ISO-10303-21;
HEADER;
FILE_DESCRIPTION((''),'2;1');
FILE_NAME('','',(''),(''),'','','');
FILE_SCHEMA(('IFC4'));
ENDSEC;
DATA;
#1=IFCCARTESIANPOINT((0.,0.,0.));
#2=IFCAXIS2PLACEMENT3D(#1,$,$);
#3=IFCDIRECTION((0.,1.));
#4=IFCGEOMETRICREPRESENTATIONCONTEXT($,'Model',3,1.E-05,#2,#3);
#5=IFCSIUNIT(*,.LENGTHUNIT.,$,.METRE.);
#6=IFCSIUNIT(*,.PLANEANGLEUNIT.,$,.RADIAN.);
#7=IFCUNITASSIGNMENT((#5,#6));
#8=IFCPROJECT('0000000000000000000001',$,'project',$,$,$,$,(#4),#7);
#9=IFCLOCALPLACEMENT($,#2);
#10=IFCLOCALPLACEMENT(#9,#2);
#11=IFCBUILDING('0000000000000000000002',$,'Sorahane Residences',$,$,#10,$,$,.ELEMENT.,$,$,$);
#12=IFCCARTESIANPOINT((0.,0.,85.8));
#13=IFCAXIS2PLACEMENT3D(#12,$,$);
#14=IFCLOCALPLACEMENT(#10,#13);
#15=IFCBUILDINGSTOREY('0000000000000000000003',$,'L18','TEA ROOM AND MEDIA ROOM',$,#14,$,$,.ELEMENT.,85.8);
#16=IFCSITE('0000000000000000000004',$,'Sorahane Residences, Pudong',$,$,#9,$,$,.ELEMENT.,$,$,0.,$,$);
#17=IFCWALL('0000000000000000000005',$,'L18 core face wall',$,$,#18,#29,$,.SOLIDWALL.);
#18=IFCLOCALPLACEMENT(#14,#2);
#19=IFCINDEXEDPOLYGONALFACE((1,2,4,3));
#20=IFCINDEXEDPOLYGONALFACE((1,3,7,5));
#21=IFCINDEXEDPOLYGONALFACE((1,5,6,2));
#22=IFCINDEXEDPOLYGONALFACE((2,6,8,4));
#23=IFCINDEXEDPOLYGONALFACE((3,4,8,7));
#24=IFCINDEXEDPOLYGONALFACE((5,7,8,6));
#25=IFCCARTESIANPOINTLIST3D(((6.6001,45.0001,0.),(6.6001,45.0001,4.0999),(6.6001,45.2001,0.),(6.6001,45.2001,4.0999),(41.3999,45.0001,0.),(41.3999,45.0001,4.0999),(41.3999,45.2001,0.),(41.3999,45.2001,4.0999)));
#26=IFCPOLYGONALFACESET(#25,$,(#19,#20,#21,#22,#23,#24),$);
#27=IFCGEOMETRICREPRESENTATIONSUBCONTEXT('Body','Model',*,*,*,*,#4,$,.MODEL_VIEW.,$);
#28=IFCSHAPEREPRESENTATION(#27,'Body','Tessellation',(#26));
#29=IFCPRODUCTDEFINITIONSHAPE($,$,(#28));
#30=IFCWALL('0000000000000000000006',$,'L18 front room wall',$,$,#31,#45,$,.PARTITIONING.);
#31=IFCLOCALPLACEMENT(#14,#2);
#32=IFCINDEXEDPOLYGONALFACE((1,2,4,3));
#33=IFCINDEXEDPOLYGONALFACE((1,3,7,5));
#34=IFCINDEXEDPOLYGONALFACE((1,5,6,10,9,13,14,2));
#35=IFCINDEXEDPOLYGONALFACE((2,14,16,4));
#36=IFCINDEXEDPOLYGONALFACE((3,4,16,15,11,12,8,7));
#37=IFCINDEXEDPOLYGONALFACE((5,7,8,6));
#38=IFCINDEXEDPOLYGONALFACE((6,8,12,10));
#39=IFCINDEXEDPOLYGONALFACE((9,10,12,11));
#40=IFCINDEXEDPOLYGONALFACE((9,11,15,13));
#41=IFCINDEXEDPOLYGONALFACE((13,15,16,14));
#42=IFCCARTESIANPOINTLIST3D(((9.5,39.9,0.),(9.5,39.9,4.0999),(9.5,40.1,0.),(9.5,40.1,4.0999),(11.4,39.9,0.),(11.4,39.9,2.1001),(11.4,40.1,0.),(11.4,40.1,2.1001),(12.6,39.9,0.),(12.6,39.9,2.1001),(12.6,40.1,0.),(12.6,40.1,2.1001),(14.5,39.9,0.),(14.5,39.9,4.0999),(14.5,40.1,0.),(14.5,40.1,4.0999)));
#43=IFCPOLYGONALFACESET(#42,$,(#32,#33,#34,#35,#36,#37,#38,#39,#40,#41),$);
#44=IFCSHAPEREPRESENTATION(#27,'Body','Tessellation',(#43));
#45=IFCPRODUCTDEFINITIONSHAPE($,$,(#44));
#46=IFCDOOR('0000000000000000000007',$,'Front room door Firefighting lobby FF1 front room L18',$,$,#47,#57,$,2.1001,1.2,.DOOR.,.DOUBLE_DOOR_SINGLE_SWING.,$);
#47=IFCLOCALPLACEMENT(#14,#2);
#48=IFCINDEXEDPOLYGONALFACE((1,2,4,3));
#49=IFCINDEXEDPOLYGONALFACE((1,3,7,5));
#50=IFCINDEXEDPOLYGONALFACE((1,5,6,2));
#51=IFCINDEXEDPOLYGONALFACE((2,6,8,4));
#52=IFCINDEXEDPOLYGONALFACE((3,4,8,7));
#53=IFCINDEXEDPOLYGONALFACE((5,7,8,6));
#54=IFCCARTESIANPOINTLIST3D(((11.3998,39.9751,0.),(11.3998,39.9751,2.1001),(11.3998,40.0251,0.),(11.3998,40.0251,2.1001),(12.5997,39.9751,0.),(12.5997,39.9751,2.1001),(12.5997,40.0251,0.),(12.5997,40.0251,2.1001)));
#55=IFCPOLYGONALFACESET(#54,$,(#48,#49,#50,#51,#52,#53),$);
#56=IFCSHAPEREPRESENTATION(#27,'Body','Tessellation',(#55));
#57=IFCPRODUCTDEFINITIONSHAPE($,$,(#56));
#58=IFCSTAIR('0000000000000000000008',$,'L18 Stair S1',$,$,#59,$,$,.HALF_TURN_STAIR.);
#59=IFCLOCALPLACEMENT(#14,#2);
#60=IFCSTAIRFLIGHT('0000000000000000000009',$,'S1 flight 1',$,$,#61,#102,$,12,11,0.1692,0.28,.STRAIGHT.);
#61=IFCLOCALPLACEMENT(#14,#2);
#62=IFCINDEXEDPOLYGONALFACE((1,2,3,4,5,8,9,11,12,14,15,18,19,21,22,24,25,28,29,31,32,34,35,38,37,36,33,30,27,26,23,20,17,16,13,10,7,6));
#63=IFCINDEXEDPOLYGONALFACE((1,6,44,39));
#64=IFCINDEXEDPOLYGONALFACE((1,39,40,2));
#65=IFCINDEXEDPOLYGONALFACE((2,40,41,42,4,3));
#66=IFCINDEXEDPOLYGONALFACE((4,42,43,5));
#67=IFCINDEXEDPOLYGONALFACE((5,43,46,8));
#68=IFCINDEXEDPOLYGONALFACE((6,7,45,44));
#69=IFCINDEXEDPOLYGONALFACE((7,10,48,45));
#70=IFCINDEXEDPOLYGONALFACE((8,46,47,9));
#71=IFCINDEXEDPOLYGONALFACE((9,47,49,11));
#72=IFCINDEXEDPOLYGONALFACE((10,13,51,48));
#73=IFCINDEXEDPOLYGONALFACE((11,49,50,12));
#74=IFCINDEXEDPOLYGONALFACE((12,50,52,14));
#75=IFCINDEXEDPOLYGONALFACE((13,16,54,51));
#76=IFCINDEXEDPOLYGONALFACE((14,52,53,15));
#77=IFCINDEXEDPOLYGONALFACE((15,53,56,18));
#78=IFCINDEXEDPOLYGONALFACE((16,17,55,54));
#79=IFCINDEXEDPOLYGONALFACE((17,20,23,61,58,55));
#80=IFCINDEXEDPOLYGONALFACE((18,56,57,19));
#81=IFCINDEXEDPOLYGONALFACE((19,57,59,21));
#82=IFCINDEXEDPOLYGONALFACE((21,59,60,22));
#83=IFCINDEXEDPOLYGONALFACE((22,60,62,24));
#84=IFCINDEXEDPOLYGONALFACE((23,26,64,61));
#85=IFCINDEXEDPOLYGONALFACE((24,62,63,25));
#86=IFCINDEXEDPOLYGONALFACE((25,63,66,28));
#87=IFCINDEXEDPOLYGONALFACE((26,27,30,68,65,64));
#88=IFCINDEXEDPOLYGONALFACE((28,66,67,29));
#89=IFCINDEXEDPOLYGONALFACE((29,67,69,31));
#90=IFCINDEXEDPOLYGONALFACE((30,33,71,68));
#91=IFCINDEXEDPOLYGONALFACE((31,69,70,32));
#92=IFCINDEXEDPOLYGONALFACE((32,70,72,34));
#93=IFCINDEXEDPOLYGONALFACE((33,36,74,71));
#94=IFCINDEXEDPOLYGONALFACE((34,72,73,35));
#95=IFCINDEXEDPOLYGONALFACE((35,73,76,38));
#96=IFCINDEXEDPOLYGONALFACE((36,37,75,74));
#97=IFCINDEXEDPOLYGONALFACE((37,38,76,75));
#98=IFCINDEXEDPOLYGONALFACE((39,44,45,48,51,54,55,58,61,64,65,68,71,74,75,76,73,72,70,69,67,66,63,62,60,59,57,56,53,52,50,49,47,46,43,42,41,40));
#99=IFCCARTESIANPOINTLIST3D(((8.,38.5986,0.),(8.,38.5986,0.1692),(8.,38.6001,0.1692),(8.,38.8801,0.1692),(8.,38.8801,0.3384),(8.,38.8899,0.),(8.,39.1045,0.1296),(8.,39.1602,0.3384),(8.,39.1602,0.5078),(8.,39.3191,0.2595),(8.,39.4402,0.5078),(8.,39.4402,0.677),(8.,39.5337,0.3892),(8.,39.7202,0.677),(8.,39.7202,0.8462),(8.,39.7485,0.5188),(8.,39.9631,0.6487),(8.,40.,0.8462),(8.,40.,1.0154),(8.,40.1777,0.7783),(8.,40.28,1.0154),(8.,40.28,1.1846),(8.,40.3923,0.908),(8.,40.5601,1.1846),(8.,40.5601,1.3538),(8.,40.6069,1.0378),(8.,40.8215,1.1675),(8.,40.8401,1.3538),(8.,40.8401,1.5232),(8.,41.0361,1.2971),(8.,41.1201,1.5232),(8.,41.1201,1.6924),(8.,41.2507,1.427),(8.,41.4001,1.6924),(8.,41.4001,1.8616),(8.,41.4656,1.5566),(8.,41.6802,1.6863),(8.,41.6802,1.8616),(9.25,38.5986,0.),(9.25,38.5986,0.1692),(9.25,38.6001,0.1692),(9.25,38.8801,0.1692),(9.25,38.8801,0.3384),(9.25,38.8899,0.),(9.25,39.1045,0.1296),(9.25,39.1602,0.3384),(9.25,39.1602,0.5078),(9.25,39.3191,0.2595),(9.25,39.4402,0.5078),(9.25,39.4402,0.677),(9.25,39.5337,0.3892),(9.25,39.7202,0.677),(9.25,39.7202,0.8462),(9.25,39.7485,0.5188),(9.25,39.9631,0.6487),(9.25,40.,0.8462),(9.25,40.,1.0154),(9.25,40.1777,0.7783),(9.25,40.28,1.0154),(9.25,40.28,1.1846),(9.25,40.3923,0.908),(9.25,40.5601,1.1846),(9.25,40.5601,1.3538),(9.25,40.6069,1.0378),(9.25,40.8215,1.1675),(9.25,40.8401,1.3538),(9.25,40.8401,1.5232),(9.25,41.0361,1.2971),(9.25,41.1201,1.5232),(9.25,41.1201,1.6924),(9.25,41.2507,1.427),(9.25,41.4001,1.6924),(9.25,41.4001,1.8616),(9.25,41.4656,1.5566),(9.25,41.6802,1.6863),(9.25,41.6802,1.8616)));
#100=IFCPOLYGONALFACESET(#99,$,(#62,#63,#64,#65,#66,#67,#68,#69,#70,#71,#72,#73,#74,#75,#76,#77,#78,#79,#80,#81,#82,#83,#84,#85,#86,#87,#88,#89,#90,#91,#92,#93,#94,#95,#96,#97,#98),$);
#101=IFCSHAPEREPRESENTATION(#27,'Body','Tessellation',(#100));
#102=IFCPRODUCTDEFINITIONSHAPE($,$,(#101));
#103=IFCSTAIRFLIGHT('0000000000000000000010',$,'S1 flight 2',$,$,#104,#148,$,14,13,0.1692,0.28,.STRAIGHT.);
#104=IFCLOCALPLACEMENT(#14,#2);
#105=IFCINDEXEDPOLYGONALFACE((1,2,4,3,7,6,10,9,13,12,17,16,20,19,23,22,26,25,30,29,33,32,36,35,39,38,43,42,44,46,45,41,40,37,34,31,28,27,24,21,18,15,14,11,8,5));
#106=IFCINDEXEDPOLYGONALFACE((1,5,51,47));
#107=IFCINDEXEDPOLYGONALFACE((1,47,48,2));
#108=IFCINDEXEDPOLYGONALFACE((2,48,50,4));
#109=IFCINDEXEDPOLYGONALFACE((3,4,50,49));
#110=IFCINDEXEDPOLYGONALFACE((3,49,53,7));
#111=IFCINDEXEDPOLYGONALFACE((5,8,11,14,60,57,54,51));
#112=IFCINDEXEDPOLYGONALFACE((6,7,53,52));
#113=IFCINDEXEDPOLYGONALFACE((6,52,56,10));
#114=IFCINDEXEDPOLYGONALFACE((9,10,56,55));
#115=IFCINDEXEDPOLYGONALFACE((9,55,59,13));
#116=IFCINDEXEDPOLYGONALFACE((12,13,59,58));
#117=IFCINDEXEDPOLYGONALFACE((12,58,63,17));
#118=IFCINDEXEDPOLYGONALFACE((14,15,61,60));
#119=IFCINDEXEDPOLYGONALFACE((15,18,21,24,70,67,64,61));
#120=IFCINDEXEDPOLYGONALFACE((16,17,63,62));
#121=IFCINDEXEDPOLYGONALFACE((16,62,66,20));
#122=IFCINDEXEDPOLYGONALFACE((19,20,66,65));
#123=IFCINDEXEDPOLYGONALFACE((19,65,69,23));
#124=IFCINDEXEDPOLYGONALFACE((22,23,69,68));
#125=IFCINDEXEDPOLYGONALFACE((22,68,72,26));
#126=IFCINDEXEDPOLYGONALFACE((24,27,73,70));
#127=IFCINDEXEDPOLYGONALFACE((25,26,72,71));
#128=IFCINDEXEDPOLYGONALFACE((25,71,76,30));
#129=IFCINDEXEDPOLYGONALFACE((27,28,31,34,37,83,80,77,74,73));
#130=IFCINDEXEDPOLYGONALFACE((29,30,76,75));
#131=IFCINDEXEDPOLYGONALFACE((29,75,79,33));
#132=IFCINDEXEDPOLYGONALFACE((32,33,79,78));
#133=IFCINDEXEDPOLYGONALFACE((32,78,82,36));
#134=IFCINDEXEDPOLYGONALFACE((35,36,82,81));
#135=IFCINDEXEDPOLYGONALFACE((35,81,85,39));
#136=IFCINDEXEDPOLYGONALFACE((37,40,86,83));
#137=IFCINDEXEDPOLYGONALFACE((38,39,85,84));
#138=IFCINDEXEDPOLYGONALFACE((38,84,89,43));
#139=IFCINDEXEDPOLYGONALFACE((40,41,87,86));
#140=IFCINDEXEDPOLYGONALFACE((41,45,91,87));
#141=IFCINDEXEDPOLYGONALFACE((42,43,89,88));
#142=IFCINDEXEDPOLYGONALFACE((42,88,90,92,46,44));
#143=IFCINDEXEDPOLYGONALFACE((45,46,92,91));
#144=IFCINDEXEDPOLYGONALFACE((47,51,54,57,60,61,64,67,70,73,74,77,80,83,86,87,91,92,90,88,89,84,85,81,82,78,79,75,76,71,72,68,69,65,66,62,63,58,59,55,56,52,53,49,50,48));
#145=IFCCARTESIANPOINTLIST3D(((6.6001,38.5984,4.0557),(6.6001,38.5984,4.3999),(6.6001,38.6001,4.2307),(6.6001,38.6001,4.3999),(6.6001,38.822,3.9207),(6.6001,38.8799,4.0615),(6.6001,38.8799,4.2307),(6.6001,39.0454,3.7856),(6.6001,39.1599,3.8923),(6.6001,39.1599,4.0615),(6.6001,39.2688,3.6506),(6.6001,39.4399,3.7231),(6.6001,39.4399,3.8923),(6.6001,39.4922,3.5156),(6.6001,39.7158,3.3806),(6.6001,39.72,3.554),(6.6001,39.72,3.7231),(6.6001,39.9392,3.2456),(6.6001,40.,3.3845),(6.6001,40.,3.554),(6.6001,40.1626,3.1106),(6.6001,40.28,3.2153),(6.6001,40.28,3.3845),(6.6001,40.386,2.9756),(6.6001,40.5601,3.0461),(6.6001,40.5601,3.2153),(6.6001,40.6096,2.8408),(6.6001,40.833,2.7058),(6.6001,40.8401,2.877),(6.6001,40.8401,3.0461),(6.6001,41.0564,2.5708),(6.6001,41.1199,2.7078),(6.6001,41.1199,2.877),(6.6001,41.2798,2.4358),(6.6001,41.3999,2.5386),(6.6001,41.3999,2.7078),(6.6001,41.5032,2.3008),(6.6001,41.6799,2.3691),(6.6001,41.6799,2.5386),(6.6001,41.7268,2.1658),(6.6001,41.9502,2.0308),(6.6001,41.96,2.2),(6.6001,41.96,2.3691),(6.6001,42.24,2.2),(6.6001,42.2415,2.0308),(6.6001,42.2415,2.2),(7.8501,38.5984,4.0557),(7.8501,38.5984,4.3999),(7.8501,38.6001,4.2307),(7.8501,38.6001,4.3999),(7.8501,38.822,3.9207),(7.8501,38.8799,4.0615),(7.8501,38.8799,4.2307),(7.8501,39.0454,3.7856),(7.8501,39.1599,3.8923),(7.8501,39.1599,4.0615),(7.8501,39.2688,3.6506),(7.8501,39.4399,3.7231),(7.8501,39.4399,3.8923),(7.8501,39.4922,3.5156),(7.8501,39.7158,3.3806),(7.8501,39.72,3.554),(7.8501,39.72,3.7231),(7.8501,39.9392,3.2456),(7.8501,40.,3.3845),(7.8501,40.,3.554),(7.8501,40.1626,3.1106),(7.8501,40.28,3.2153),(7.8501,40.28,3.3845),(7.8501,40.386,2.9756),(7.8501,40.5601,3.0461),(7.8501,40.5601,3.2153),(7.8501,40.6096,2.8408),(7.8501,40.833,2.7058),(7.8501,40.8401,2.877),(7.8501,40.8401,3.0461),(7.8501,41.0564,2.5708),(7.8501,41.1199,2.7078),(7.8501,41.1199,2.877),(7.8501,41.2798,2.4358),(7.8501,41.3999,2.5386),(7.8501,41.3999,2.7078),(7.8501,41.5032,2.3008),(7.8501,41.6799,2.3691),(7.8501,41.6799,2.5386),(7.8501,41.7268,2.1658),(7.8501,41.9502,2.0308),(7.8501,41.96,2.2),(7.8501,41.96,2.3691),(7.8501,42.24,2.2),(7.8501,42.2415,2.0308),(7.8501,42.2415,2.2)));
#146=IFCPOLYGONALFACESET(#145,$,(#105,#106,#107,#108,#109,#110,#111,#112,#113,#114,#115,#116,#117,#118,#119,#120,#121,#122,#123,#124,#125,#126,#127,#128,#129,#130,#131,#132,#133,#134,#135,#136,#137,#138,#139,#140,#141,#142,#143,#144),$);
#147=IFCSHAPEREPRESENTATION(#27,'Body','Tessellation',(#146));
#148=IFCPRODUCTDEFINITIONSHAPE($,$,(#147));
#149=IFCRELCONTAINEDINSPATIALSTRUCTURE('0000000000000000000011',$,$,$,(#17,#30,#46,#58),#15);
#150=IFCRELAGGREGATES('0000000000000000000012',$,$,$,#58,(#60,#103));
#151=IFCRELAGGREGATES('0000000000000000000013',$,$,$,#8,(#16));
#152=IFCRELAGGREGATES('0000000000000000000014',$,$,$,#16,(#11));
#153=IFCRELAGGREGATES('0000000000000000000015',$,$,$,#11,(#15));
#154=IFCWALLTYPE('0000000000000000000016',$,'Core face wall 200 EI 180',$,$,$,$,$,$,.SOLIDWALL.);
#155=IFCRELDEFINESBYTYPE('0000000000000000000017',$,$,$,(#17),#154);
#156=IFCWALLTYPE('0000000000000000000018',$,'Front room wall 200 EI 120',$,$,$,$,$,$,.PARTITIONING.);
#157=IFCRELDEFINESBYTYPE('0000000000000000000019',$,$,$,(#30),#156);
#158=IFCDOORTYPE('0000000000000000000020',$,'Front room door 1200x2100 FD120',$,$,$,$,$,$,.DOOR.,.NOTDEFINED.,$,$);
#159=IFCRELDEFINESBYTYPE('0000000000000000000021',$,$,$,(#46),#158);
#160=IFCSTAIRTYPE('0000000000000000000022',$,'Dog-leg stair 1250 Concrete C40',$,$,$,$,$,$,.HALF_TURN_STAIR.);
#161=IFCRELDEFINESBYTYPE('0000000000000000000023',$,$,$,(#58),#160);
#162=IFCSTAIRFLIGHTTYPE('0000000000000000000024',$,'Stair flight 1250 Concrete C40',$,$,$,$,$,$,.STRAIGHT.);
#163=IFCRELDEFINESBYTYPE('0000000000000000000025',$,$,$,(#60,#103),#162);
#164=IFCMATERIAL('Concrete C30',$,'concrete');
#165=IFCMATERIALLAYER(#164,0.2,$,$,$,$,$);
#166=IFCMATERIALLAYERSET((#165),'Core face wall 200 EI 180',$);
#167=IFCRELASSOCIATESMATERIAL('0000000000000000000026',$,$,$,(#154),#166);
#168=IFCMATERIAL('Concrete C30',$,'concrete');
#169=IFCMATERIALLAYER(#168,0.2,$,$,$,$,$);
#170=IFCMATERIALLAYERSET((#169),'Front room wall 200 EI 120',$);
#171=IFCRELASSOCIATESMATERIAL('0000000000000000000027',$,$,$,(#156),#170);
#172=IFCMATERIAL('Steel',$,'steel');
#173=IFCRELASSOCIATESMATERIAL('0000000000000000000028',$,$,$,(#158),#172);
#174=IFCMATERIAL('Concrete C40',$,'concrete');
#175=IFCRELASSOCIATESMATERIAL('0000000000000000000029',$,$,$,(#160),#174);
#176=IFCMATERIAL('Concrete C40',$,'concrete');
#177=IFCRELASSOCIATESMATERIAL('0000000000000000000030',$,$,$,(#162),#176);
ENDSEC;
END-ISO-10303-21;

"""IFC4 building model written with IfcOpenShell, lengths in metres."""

from ifc_helpers import new_model, si_unit, direction, frame, frame_2d, origin, place, context, subcontext, project, spatial, polyline, rectangle, outline, extrude, material, layer, layer_set, type_object, element, fill, aggregate, save


model = new_model("IFC4")

# Units and contexts
model_context = context("Model", 3, precision=1e-05, world=origin(), true_north=direction((0.0, 1.0)))
body_context = subcontext(model_context, "Body", "Model", "MODEL_VIEW")
ifc_project = project(units=[si_unit("LENGTHUNIT", "METRE"), si_unit("PLANEANGLEUNIT", "RADIAN")], contexts=[model_context])

# Site, building, storey
site_placement = place(None, origin())
site = spatial("IfcSite", under=ifc_project, at=site_placement, Name="Sorahane Residences, Pudong", CompositionType="ELEMENT", RefElevation=0.0)
building_placement = place(site_placement, origin())
building = spatial("IfcBuilding", under=site, at=building_placement, Name="Sorahane Residences", CompositionType="ELEMENT")
storey_placement = place(building_placement, frame((0.0, 0.0, 85.8)))
storey = spatial("IfcBuildingStorey", under=building, at=storey_placement, Name="L18", Description="TEA ROOM AND MEDIA ROOM", CompositionType="ELEMENT", Elevation=85.8)

# Wall
ifc_material_1 = material(Name="Concrete C30", Category="concrete")
ifc_layer_1 = layer(ifc_material_1, 0.2)
ifc_layer_set_1 = layer_set([ifc_layer_1], Name="Core face wall 200 EI 180")
wall_type_1 = type_object("IfcWallType", Name="Core face wall 200 EI 180", PredefinedType="SOLIDWALL", material=ifc_layer_set_1)
wall_1_placement = place(storey_placement, frame((6.6001, 45.1001, 0.0), z_axis=(0.0, 0.0, 1.0), x_axis=(1.0, 0.0, 0.0)))
element("IfcWall", 1, at=wall_1_placement, inside=storey, type_object=wall_type_1, Name="L18 core face wall", PredefinedType="SOLIDWALL", context=body_context, shape_type="SweptSolid", body=[
    extrude(rectangle(XDim=34.7998, YDim=0.2, at=frame_2d((17.3999, 0.0))), origin(), (0.0, 0.0, 1.0), 4.0999),
])

# Wall, opening, door
ifc_material_2 = material(Name="Concrete C30", Category="concrete")
ifc_layer_2 = layer(ifc_material_2, 0.2)
ifc_layer_set_2 = layer_set([ifc_layer_2], Name="Front room wall 200 EI 120")
wall_type_2 = type_object("IfcWallType", Name="Front room wall 200 EI 120", PredefinedType="PARTITIONING", material=ifc_layer_set_2)
wall_2_placement = place(storey_placement, frame((9.5, 40.0, 0.0), z_axis=(0.0, 0.0, 1.0), x_axis=(1.0, 0.0, 0.0)))
wall_2 = element("IfcWall", 2, at=wall_2_placement, inside=storey, type_object=wall_type_2, Name="L18 front room wall", PredefinedType="PARTITIONING", context=body_context, shape_type="SweptSolid", body=[
    extrude(rectangle(XDim=5.0, YDim=0.2, at=frame_2d((2.5, 0.0))), origin(), (0.0, 0.0, 1.0), 4.0999),
])
opening_placement = place(wall_2_placement, frame((1.8999, 0.0, 0.0)))
opening = element("IfcOpeningElement", 3, at=opening_placement, cuts=wall_2, PredefinedType="OPENING", context=body_context, shape_type="SweptSolid", body=[
    extrude(rectangle(XDim=1.2, YDim=2.1001, at=frame_2d((0.6001, 1.05))), frame((0.0, 0.1099, 0.0), z_axis=(0.0, -1.0, 0.0), x_axis=(1.0, 0.0, 0.0)), (0.0, 0.0, 1.0), 0.22),
])
ifc_material_3 = material(Name="Steel", Category="steel")
door_type = type_object("IfcDoorType", Name="Front room door 1200x2100 FD120", OperationType="NOTDEFINED", PredefinedType="DOOR", material=ifc_material_3)
door_placement = place(opening_placement, frame((1.2, 0.0, 0.0), z_axis=(0.0, 0.0, 1.0), x_axis=(-1.0, 0.0, 0.0)))
door = element("IfcDoor", 4, at=door_placement, inside=storey, type_object=door_type, Name="Front room door Firefighting lobby FF1 front room L18", OperationType="DOUBLE_DOOR_SINGLE_SWING", OverallHeight=2.1001, OverallWidth=1.2, PredefinedType="DOOR", context=body_context, shape_type="SweptSolid", body=[
    extrude(rectangle(XDim=1.2, YDim=2.1001, at=frame_2d((0.6001, 1.05))), frame((0.0, 0.0249, 0.0), z_axis=(0.0, -1.0, 0.0), x_axis=(1.0, 0.0, 0.0)), (0.0, 0.0, 1.0), 0.05),
])
fill(opening, door)

# Stair, stair flights
ifc_material_4 = material(Name="Concrete C40", Category="concrete")
stair_type = type_object("IfcStairType", Name="Dog-leg stair 1250 Concrete C40", PredefinedType="HALF_TURN_STAIR", material=ifc_material_4)
stair_placement = place(storey_placement, origin())
stair = element("IfcStair", 5, at=stair_placement, inside=storey, type_object=stair_type, Name="L18 Stair S1", PredefinedType="HALF_TURN_STAIR")
ifc_material_5 = material(Name="Concrete C40", Category="concrete")
stair_flight_type = type_object("IfcStairFlightType", Name="Stair flight 1250 Concrete C40", PredefinedType="STRAIGHT", material=ifc_material_5)
stair_flight_1_placement = place(storey_placement, frame((8.625, 38.6001, 0.0), z_axis=(0.0, 0.0, 1.0), x_axis=(0.0, 1.0, 0.0)))
stair_flight_1 = element("IfcStairFlight", 6, at=stair_flight_1_placement, type_object=stair_flight_type, Name="S1 flight 1", NumberOfRisers=12, NumberOfTreads=11, PredefinedType="STRAIGHT", RiserHeight=0.1692, TreadLength=0.28, context=body_context, shape_type="SweptSolid", body=[
    extrude(outline(polyline([(-0.0015, 0.0), (-0.0015, 0.1692), (0.0, 0.1692), (0.28, 0.1692), (0.28, 0.3384), (0.5601, 0.3384), (0.5601, 0.5078), (0.8401, 0.5078), (0.8401, 0.677), (1.1201, 0.677), (1.1201, 0.8462), (1.3999, 0.8462), (1.3999, 1.0154), (1.6799, 1.0154), (1.6799, 1.1846), (1.96, 1.1846), (1.96, 1.3538), (2.24, 1.3538), (2.24, 1.5232), (2.52, 1.5232), (2.52, 1.6924), (2.8, 1.6924), (2.8, 1.8616), (3.0801, 1.8616), (3.0801, 2.0308), (3.0801, 1.6863), (2.8655, 1.5566), (2.6506, 1.427), (2.436, 1.2971), (2.2214, 1.1675), (2.0068, 1.0378), (1.7922, 0.908), (1.5776, 0.7783), (1.363, 0.6487), (1.1484, 0.5188), (0.9336, 0.3892), (0.719, 0.2595), (0.5044, 0.1296), (0.2898, 0.0), (-0.0015, 0.0)])), frame((0.0, 0.625, 0.0), z_axis=(0.0, -1.0, 0.0), x_axis=(1.0, 0.0, 0.0)), (0.0, 0.0, 1.0), 1.25),
])
stair_flight_2_placement = place(storey_placement, frame((7.2251, 42.24, 2.0308), z_axis=(0.0, 0.0, 1.0), x_axis=(0.0, -1.0, 0.0)))
stair_flight_2 = element("IfcStairFlight", 7, at=stair_flight_2_placement, type_object=stair_flight_type, Name="S1 flight 2", NumberOfRisers=14, NumberOfTreads=13, PredefinedType="STRAIGHT", RiserHeight=0.1692, TreadLength=0.28, context=body_context, shape_type="SweptSolid", body=[
    extrude(outline(polyline([(-0.0015, 0.0), (-0.0015, 0.1692), (0.0, 0.1692), (0.28, 0.1692), (0.28, 0.3384), (0.5601, 0.3384), (0.5601, 0.5078), (0.8401, 0.5078), (0.8401, 0.677), (1.1201, 0.677), (1.1201, 0.8462), (1.3999, 0.8462), (1.3999, 1.0154), (1.6799, 1.0154), (1.6799, 1.1846), (1.96, 1.1846), (1.96, 1.3538), (2.24, 1.3538), (2.24, 1.5232), (2.52, 1.5232), (2.52, 1.6924), (2.8, 1.6924), (2.8, 1.8616), (3.0801, 1.8616), (3.0801, 2.0308), (3.3601, 2.0308), (3.3601, 2.2), (3.6399, 2.2), (3.6399, 2.3691), (3.6416, 2.3691), (3.6416, 2.0249), (3.418, 1.8899), (3.1946, 1.7549), (2.9712, 1.6199), (2.7478, 1.4849), (2.5242, 1.3499), (2.3008, 1.2148), (2.0774, 1.0798), (1.854, 0.9448), (1.6304, 0.8101), (1.407, 0.675), (1.1836, 0.54), (0.9602, 0.405), (0.7368, 0.27), (0.5132, 0.135), (0.2898, 0.0), (-0.0015, 0.0)])), frame((0.0, 0.625, 0.0), z_axis=(0.0, -1.0, 0.0), x_axis=(1.0, 0.0, 0.0)), (0.0, 0.0, 1.0), 1.25),
])
aggregate(stair, [stair_flight_1, stair_flight_2])

save(model, "model.ifc")
